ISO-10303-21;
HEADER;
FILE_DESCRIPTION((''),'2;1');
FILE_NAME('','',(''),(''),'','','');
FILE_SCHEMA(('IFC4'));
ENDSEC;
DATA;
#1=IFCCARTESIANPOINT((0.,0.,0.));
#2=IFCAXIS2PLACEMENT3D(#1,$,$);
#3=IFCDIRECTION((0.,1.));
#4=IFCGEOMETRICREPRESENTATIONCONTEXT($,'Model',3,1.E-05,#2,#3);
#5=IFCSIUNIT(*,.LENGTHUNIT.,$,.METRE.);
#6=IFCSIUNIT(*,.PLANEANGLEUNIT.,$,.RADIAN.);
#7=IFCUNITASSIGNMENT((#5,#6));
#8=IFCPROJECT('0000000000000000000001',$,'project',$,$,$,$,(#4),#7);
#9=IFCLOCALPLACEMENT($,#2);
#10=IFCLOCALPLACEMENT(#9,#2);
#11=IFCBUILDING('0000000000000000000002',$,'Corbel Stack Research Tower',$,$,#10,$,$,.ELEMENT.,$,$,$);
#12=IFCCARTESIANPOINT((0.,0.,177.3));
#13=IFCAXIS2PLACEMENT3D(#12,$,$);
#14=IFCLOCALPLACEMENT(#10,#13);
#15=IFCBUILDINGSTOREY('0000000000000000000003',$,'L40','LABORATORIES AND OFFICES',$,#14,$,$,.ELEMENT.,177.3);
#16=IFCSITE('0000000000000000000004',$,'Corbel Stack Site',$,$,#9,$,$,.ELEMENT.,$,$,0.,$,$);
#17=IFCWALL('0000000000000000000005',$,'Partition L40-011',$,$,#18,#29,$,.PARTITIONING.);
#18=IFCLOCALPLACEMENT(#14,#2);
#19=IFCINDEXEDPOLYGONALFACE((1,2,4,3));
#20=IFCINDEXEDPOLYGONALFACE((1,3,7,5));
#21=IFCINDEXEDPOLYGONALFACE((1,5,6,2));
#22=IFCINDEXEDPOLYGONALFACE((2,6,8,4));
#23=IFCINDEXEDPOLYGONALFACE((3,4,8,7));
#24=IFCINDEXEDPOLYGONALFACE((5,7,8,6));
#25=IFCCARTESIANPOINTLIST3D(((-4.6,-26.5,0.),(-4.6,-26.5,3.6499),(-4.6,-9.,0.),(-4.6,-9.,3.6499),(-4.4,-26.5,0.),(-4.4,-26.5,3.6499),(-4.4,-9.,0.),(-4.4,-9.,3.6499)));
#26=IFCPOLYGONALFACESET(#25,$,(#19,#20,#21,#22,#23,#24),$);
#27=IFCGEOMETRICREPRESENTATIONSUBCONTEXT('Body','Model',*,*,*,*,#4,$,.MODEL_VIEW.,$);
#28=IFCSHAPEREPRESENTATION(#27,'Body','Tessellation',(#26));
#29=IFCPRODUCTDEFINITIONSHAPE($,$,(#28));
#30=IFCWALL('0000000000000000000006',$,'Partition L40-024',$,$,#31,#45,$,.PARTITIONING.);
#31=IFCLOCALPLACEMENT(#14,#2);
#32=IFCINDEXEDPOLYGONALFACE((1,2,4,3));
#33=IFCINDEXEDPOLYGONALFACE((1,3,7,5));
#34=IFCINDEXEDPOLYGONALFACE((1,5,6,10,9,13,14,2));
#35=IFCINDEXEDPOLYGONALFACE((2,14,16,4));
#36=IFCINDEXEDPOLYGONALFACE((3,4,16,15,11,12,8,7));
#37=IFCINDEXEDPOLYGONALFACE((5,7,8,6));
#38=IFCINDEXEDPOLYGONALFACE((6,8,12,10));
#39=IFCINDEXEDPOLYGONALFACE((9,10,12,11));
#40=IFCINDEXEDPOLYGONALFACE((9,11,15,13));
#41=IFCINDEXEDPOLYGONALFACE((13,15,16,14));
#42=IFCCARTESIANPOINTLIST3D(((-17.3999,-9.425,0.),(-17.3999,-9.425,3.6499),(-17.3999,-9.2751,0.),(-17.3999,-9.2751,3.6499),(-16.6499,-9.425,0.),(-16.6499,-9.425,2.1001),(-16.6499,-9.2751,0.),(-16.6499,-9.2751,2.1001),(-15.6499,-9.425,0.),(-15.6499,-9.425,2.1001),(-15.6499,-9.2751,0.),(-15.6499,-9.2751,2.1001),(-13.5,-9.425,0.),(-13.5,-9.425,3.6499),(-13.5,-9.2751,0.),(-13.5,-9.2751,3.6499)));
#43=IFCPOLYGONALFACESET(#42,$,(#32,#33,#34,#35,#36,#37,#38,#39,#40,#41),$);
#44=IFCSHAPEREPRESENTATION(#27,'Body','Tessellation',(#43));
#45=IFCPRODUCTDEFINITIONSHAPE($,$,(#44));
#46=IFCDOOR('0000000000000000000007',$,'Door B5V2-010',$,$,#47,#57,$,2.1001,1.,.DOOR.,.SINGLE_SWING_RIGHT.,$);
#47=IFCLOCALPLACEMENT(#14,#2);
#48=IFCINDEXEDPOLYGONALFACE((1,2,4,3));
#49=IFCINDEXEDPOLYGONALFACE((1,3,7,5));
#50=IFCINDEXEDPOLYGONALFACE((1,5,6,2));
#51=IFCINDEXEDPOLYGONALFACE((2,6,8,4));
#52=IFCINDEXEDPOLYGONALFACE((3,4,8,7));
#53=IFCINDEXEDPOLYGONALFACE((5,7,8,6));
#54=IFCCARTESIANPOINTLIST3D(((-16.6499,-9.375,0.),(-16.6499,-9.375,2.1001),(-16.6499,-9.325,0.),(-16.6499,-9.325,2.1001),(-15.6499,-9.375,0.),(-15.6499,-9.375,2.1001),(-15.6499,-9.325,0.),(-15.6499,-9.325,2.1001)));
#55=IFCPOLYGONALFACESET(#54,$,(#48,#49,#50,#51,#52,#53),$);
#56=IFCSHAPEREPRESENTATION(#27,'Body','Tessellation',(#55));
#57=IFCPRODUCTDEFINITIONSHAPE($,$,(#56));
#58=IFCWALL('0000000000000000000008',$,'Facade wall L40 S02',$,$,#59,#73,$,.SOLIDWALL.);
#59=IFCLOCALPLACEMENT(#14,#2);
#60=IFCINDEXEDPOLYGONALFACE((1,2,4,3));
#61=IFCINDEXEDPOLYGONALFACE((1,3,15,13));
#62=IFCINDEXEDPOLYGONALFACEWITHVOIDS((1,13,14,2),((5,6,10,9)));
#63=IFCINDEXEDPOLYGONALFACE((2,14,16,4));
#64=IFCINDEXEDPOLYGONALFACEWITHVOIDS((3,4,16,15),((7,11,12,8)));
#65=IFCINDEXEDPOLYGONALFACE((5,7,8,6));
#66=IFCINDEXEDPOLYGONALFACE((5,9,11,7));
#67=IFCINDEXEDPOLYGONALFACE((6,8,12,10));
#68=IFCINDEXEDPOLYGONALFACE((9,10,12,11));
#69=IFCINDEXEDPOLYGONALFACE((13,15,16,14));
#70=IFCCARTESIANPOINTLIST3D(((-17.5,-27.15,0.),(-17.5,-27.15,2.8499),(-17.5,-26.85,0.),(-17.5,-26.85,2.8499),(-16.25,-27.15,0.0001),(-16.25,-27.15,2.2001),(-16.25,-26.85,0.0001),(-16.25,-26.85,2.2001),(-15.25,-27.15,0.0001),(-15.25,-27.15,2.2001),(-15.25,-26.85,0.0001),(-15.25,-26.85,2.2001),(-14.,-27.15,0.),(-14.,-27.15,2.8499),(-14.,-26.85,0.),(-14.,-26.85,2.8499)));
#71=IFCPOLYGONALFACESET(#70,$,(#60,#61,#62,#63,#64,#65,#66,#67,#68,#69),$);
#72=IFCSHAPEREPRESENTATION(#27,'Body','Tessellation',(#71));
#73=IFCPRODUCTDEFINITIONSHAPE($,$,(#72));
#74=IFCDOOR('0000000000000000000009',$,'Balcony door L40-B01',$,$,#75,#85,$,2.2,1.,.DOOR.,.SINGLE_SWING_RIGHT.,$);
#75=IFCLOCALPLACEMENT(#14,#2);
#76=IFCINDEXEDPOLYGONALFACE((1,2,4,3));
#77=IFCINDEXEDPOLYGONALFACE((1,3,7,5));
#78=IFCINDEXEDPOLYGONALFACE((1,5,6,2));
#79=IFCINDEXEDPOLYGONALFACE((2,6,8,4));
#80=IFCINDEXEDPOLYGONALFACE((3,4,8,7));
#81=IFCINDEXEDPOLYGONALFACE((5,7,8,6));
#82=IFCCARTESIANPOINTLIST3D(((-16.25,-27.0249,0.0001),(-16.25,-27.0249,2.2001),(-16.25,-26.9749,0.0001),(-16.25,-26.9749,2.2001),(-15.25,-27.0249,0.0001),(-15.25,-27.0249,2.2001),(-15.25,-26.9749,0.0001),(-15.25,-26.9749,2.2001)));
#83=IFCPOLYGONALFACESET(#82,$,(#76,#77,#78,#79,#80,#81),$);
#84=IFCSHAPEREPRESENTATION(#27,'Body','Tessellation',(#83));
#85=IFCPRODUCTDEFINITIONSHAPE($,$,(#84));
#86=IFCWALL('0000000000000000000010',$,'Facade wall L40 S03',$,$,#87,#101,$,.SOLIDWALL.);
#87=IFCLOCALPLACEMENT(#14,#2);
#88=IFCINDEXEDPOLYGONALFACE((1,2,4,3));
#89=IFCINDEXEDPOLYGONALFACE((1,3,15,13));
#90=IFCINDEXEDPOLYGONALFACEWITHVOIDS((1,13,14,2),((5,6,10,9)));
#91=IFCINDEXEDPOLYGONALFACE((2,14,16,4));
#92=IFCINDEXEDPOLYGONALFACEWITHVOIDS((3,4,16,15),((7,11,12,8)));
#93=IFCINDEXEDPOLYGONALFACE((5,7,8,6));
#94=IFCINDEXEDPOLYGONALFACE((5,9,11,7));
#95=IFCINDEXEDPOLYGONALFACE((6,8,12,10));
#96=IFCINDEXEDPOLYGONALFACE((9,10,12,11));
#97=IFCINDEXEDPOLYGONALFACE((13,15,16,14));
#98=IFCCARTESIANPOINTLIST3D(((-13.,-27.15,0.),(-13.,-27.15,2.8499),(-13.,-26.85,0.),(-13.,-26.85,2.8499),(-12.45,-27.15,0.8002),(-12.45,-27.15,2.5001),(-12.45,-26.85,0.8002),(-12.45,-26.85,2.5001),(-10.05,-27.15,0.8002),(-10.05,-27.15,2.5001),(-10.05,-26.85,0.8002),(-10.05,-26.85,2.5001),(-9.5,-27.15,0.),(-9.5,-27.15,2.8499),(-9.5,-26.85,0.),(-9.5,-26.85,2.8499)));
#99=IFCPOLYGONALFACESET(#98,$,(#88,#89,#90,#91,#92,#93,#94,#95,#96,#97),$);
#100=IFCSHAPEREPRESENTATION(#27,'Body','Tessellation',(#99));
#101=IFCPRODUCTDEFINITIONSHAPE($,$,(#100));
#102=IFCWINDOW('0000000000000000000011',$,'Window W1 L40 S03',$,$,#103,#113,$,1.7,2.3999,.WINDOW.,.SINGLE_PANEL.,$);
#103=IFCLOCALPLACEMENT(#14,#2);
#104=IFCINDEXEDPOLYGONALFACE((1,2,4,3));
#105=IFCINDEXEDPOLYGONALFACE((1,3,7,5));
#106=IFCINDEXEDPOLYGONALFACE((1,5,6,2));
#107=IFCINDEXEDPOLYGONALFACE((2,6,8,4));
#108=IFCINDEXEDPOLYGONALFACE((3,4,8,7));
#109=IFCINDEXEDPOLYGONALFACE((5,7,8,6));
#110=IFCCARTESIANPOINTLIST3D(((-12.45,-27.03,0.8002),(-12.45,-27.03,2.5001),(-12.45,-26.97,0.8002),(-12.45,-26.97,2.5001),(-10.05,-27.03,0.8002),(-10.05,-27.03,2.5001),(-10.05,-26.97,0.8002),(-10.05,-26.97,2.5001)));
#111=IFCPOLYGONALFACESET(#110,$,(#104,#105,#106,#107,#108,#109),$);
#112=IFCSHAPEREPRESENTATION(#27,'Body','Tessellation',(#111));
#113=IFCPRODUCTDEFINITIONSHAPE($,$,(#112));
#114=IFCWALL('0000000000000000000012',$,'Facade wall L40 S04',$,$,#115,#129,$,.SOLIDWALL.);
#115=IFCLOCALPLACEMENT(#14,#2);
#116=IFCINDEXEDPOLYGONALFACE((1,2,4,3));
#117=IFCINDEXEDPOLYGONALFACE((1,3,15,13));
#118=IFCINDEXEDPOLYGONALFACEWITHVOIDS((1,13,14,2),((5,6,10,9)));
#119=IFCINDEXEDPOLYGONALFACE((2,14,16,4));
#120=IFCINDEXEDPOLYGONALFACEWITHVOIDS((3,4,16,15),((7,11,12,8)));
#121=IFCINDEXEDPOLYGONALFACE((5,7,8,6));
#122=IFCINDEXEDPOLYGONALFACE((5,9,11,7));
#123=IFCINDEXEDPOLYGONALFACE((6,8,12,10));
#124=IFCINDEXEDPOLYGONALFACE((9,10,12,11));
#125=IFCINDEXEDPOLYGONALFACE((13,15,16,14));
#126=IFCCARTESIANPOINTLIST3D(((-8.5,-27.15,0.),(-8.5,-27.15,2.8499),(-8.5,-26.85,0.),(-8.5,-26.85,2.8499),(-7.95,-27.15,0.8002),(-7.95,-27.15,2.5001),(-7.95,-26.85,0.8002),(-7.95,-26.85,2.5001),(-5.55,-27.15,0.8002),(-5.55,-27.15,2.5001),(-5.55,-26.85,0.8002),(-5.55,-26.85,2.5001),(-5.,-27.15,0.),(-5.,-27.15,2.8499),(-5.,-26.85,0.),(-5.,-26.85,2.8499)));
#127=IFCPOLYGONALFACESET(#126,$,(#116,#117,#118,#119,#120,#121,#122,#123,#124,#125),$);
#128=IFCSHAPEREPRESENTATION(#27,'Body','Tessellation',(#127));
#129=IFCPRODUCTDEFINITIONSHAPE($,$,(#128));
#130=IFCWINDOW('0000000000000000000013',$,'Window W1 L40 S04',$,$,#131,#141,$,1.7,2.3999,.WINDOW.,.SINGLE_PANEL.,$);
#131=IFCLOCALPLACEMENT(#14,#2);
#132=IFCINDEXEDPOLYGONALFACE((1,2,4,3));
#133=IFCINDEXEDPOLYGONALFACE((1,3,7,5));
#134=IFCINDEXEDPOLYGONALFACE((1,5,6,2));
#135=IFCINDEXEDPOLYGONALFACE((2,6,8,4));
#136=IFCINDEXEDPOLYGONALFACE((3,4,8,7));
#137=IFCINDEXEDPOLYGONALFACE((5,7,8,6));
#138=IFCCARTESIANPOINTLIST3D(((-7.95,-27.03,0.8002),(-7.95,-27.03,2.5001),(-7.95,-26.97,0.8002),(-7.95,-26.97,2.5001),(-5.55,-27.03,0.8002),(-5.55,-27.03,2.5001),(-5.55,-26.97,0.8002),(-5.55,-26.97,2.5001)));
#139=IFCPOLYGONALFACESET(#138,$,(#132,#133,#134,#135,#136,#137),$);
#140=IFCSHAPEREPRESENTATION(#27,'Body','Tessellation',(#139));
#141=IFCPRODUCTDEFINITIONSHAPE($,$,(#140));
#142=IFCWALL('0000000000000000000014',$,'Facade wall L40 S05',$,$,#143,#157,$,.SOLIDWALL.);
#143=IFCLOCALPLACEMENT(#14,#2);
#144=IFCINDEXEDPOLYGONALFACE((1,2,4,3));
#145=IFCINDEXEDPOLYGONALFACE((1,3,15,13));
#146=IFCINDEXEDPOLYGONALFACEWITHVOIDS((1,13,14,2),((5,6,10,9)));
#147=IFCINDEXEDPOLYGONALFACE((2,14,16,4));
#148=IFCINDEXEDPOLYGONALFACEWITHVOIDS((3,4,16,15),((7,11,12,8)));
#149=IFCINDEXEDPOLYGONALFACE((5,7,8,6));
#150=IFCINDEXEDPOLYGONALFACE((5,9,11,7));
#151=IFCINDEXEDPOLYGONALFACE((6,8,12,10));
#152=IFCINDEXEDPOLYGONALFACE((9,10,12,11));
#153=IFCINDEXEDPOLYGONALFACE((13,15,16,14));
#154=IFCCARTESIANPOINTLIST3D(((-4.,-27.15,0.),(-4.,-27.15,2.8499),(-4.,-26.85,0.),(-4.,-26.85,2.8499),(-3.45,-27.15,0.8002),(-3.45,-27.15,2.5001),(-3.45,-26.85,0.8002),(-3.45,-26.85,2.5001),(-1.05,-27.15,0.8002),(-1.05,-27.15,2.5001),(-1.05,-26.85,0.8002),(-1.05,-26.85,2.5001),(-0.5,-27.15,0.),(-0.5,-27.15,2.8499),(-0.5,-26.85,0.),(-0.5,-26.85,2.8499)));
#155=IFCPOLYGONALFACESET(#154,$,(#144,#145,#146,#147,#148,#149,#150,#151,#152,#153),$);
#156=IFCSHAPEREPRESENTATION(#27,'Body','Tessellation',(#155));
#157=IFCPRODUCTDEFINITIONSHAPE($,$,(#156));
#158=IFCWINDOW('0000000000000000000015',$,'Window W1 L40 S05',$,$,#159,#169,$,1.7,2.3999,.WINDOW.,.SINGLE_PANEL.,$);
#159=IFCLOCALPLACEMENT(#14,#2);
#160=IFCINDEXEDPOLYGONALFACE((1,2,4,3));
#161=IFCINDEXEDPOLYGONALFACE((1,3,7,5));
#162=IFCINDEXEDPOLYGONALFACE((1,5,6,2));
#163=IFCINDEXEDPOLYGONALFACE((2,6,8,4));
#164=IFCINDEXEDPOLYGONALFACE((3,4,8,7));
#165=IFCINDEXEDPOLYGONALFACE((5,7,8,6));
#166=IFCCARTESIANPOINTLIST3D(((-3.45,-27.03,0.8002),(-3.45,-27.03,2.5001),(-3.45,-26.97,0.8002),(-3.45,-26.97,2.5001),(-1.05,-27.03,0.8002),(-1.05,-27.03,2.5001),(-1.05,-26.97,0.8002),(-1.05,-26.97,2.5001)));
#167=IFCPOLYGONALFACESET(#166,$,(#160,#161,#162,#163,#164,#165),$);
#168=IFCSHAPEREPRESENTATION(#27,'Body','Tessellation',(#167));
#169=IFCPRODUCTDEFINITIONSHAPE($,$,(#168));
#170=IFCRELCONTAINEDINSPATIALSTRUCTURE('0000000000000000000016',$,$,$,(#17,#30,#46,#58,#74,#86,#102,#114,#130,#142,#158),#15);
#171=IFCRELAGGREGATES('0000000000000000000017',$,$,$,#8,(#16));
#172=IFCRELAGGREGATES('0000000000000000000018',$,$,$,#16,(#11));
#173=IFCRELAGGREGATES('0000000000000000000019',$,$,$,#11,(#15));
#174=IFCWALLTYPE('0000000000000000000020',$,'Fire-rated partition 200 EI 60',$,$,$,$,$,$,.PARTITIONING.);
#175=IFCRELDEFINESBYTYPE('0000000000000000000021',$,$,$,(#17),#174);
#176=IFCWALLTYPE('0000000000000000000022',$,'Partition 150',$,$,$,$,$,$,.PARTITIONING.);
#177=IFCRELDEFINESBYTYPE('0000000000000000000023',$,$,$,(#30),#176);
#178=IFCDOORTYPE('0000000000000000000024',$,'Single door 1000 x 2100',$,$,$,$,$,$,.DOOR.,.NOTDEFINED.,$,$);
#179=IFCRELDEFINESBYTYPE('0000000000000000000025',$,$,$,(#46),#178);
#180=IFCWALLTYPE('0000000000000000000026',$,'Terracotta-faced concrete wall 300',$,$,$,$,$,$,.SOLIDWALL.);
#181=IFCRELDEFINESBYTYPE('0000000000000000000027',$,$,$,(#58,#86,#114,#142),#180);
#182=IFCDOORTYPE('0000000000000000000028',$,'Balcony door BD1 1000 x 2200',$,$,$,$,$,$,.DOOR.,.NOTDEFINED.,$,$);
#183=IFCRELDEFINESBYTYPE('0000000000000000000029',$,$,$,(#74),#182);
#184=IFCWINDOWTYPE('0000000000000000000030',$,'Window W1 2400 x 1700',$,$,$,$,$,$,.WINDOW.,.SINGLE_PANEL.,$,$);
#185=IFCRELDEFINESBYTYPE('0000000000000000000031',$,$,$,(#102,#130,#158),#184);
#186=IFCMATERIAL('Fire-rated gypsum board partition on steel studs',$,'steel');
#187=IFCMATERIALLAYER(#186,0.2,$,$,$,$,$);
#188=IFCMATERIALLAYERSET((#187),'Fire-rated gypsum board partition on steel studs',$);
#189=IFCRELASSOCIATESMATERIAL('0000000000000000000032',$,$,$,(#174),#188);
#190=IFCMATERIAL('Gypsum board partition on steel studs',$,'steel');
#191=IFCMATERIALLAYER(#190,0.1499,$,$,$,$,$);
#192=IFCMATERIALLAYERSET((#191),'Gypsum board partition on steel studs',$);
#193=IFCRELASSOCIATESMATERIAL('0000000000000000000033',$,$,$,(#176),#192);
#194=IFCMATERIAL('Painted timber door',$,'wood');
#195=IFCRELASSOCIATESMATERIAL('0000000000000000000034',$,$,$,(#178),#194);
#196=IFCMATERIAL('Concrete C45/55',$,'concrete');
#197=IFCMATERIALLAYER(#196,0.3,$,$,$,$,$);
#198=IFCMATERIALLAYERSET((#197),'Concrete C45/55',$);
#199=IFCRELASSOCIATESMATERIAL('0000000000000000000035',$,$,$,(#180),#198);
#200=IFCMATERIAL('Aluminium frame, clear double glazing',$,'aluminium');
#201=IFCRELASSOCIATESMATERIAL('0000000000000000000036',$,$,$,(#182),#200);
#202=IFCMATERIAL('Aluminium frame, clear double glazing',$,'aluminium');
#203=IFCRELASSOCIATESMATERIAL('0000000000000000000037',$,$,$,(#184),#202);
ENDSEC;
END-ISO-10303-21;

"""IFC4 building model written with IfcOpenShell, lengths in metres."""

from ifc_helpers import new_model, si_unit, direction, frame, frame_2d, origin, place, context, subcontext, project, spatial, rectangle, extrude, material, layer, layer_set, type_object, element, fill, save


model = new_model("IFC4")

# Units and contexts
model_context = context("Model", 3, precision=1e-05, world=origin(), true_north=direction((0.0, 1.0)))
body_context = subcontext(model_context, "Body", "Model", "MODEL_VIEW")
ifc_project = project(units=[si_unit("LENGTHUNIT", "METRE"), si_unit("PLANEANGLEUNIT", "RADIAN")], contexts=[model_context])

# Site, building, storey
site_placement = place(None, origin())
site = spatial("IfcSite", under=ifc_project, at=site_placement, Name="Corbel Stack Site", CompositionType="ELEMENT", RefElevation=0.0)
building_placement = place(site_placement, origin())
building = spatial("IfcBuilding", under=site, at=building_placement, Name="Corbel Stack Research Tower", CompositionType="ELEMENT")
storey_placement = place(building_placement, frame((0.0, 0.0, 177.3)))
storey = spatial("IfcBuildingStorey", under=building, at=storey_placement, Name="L40", Description="LABORATORIES AND OFFICES", CompositionType="ELEMENT", Elevation=177.3)

# Shared definitions
ifc_material_1 = material(Name="Fire-rated gypsum board partition on steel studs", Category="steel")
ifc_layer_1 = layer(ifc_material_1, 0.2)
ifc_layer_set_1 = layer_set([ifc_layer_1], Name="Fire-rated gypsum board partition on steel studs")
wall_type_1 = type_object("IfcWallType", Name="Fire-rated partition 200 EI 60", PredefinedType="PARTITIONING", material=ifc_layer_set_1)

# Wall
wall_1_placement = place(storey_placement, frame((-4.5, -26.5, 0.0), z_axis=(0.0, 0.0, 1.0), x_axis=(0.0, 1.0, 0.0)))
element("IfcWall", 1, at=wall_1_placement, inside=storey, type_object=wall_type_1, Name="Partition L40-011", PredefinedType="PARTITIONING", context=body_context, shape_type="SweptSolid", body=[
    extrude(rectangle(XDim=17.5, YDim=0.2, at=frame_2d((8.75, 0.0))), origin(), (0.0, 0.0, 1.0), 3.6499),
])

# Walls, openings, doors
ifc_material_2 = material(Name="Gypsum board partition on steel studs", Category="steel")
ifc_layer_2 = layer(ifc_material_2, 0.1499)
ifc_layer_set_2 = layer_set([ifc_layer_2], Name="Gypsum board partition on steel studs")
wall_type_2 = type_object("IfcWallType", Name="Partition 150", PredefinedType="PARTITIONING", material=ifc_layer_set_2)
wall_2_placement = place(storey_placement, frame((-13.5, -9.3501, 0.0), z_axis=(0.0, 0.0, 1.0), x_axis=(-1.0, 0.0, 0.0)))
wall_2 = element("IfcWall", 2, at=wall_2_placement, inside=storey, type_object=wall_type_2, Name="Partition L40-024", PredefinedType="PARTITIONING", context=body_context, shape_type="SweptSolid", body=[
    extrude(rectangle(XDim=3.8999, YDim=0.1499, at=frame_2d((1.95, 0.0))), origin(), (0.0, 0.0, 1.0), 3.6499),
])
opening_1_placement = place(wall_2_placement, frame((2.1499, 0.0, 0.0)))
opening_1 = element("IfcOpeningElement", 3, at=opening_1_placement, cuts=wall_2, PredefinedType="OPENING", context=body_context, shape_type="SweptSolid", body=[
    extrude(rectangle(XDim=1.0, YDim=2.1001, at=frame_2d((0.5, 1.05))), frame((0.0, 0.085, 0.0), z_axis=(0.0, -1.0, 0.0), x_axis=(1.0, 0.0, 0.0)), (0.0, 0.0, 1.0), 0.1699),
])
ifc_material_3 = material(Name="Painted timber door", Category="wood")
door_type_1 = type_object("IfcDoorType", Name="Single door 1000 x 2100", OperationType="NOTDEFINED", PredefinedType="DOOR", material=ifc_material_3)
door_1_placement = place(opening_1_placement, origin())
door_1 = element("IfcDoor", 4, at=door_1_placement, inside=storey, type_object=door_type_1, Name="Door B5V2-010", OperationType="SINGLE_SWING_RIGHT", OverallHeight=2.1001, OverallWidth=1.0, PredefinedType="DOOR", context=body_context, shape_type="SweptSolid", body=[
    extrude(rectangle(XDim=1.0, YDim=2.1001, at=frame_2d((0.5, 1.05))), frame((0.0, 0.0249, 0.0), z_axis=(0.0, -1.0, 0.0), x_axis=(1.0, 0.0, 0.0)), (0.0, 0.0, 1.0), 0.05),
])
fill(opening_1, door_1)
ifc_material_4 = material(Name="Concrete C45/55", Category="concrete")
ifc_layer_3 = layer(ifc_material_4, 0.3)
ifc_layer_set_3 = layer_set([ifc_layer_3], Name="Concrete C45/55")
wall_type_3 = type_object("IfcWallType", Name="Terracotta-faced concrete wall 300", PredefinedType="SOLIDWALL", material=ifc_layer_set_3)
wall_3_placement = place(storey_placement, frame((-14.0, -27.0, 0.0), z_axis=(0.0, 0.0, 1.0), x_axis=(-1.0, 0.0, 0.0)))
wall_3 = element("IfcWall", 5, at=wall_3_placement, inside=storey, type_object=wall_type_3, Name="Facade wall L40 S02", PredefinedType="SOLIDWALL", context=body_context, shape_type="SweptSolid", body=[
    extrude(rectangle(XDim=3.5, YDim=0.3, at=frame_2d((1.75, 0.0))), origin(), (0.0, 0.0, 1.0), 2.8499),
])
opening_2_placement = place(wall_3_placement, frame((1.25, 0.0, 0.0)))
opening_2 = element("IfcOpeningElement", 6, at=opening_2_placement, cuts=wall_3, PredefinedType="OPENING", context=body_context, shape_type="SweptSolid", body=[
    extrude(rectangle(XDim=1.0, YDim=2.2, at=frame_2d((0.5, 1.1001))), frame((0.0, 0.1599, 0.0), z_axis=(0.0, -1.0, 0.0), x_axis=(1.0, 0.0, 0.0)), (0.0, 0.0, 1.0), 0.3201),
])
ifc_material_5 = material(Name="Aluminium frame, clear double glazing", Category="aluminium")
door_type_2 = type_object("IfcDoorType", Name="Balcony door BD1 1000 x 2200", OperationType="NOTDEFINED", PredefinedType="DOOR", material=ifc_material_5)
door_2_placement = place(opening_2_placement, origin())
door_2 = element("IfcDoor", 7, at=door_2_placement, inside=storey, type_object=door_type_2, Name="Balcony door L40-B01", OperationType="SINGLE_SWING_RIGHT", OverallHeight=2.2, OverallWidth=1.0, PredefinedType="DOOR", context=body_context, shape_type="SweptSolid", body=[
    extrude(rectangle(XDim=1.0, YDim=2.2, at=frame_2d((0.5, 1.1001))), frame((0.0, 0.0249, 0.0), z_axis=(0.0, -1.0, 0.0), x_axis=(1.0, 0.0, 0.0)), (0.0, 0.0, 1.0), 0.05),
])
fill(opening_2, door_2)

# Walls, openings, windows
wall_4_placement = place(storey_placement, frame((-9.5, -27.0, 0.0), z_axis=(0.0, 0.0, 1.0), x_axis=(-1.0, 0.0, 0.0)))
wall_4 = element("IfcWall", 8, at=wall_4_placement, inside=storey, type_object=wall_type_3, Name="Facade wall L40 S03", PredefinedType="SOLIDWALL", context=body_context, shape_type="SweptSolid", body=[
    extrude(rectangle(XDim=3.5, YDim=0.3, at=frame_2d((1.75, 0.0))), origin(), (0.0, 0.0, 1.0), 2.8499),
])
opening_3_placement = place(wall_4_placement, frame((0.55, 0.0, 0.8)))
opening_3 = element("IfcOpeningElement", 9, at=opening_3_placement, cuts=wall_4, PredefinedType="OPENING", context=body_context, shape_type="SweptSolid", body=[
    extrude(rectangle(XDim=2.3999, YDim=1.7, at=frame_2d((1.2, 0.8501))), frame((0.0, 0.1599, 0.0), z_axis=(0.0, -1.0, 0.0), x_axis=(1.0, 0.0, 0.0)), (0.0, 0.0, 1.0), 0.3201),
])
ifc_material_6 = material(Name="Aluminium frame, clear double glazing", Category="aluminium")
window_type = type_object("IfcWindowType", Name="Window W1 2400 x 1700", PartitioningType="SINGLE_PANEL", PredefinedType="WINDOW", material=ifc_material_6)
window_1_placement = place(opening_3_placement, origin())
window_1 = element("IfcWindow", 10, at=window_1_placement, inside=storey, type_object=window_type, Name="Window W1 L40 S03", OverallHeight=1.7, OverallWidth=2.3999, PartitioningType="SINGLE_PANEL", PredefinedType="WINDOW", context=body_context, shape_type="SweptSolid", body=[
    extrude(rectangle(XDim=2.3999, YDim=1.7, at=frame_2d((1.2, 0.8501))), frame((0.0, 0.03, 0.0), z_axis=(0.0, -1.0, 0.0), x_axis=(1.0, 0.0, 0.0)), (0.0, 0.0, 1.0), 0.0601),
])
fill(opening_3, window_1)
wall_5_placement = place(storey_placement, frame((-5.0, -27.0, 0.0), z_axis=(0.0, 0.0, 1.0), x_axis=(-1.0, 0.0, 0.0)))
wall_5 = element("IfcWall", 11, at=wall_5_placement, inside=storey, type_object=wall_type_3, Name="Facade wall L40 S04", PredefinedType="SOLIDWALL", context=body_context, shape_type="SweptSolid", body=[
    extrude(rectangle(XDim=3.5, YDim=0.3, at=frame_2d((1.75, 0.0))), origin(), (0.0, 0.0, 1.0), 2.8499),
])
opening_4_placement = place(wall_5_placement, frame((0.55, 0.0, 0.8)))
opening_4 = element("IfcOpeningElement", 12, at=opening_4_placement, cuts=wall_5, PredefinedType="OPENING", context=body_context, shape_type="SweptSolid", body=[
    extrude(rectangle(XDim=2.3999, YDim=1.7, at=frame_2d((1.2, 0.8501))), frame((0.0, 0.1599, 0.0), z_axis=(0.0, -1.0, 0.0), x_axis=(1.0, 0.0, 0.0)), (0.0, 0.0, 1.0), 0.3201),
])
window_2_placement = place(opening_4_placement, origin())
window_2 = element("IfcWindow", 13, at=window_2_placement, inside=storey, type_object=window_type, Name="Window W1 L40 S04", OverallHeight=1.7, OverallWidth=2.3999, PartitioningType="SINGLE_PANEL", PredefinedType="WINDOW", context=body_context, shape_type="SweptSolid", body=[
    extrude(rectangle(XDim=2.3999, YDim=1.7, at=frame_2d((1.2, 0.8501))), frame((0.0, 0.03, 0.0), z_axis=(0.0, -1.0, 0.0), x_axis=(1.0, 0.0, 0.0)), (0.0, 0.0, 1.0), 0.0601),
])
fill(opening_4, window_2)
wall_6_placement = place(storey_placement, frame((-0.5, -27.0, 0.0), z_axis=(0.0, 0.0, 1.0), x_axis=(-1.0, 0.0, 0.0)))
wall_6 = element("IfcWall", 14, at=wall_6_placement, inside=storey, type_object=wall_type_3, Name="Facade wall L40 S05", PredefinedType="SOLIDWALL", context=body_context, shape_type="SweptSolid", body=[
    extrude(rectangle(XDim=3.5, YDim=0.3, at=frame_2d((1.75, 0.0))), origin(), (0.0, 0.0, 1.0), 2.8499),
])
opening_5_placement = place(wall_6_placement, frame((0.55, 0.0, 0.8)))
opening_5 = element("IfcOpeningElement", 15, at=opening_5_placement, cuts=wall_6, PredefinedType="OPENING", context=body_context, shape_type="SweptSolid", body=[
    extrude(rectangle(XDim=2.3999, YDim=1.7, at=frame_2d((1.2, 0.8501))), frame((0.0, 0.1599, 0.0), z_axis=(0.0, -1.0, 0.0), x_axis=(1.0, 0.0, 0.0)), (0.0, 0.0, 1.0), 0.3201),
])
window_3_placement = place(opening_5_placement, origin())
window_3 = element("IfcWindow", 16, at=window_3_placement, inside=storey, type_object=window_type, Name="Window W1 L40 S05", OverallHeight=1.7, OverallWidth=2.3999, PartitioningType="SINGLE_PANEL", PredefinedType="WINDOW", context=body_context, shape_type="SweptSolid", body=[
    extrude(rectangle(XDim=2.3999, YDim=1.7, at=frame_2d((1.2, 0.8501))), frame((0.0, 0.03, 0.0), z_axis=(0.0, -1.0, 0.0), x_axis=(1.0, 0.0, 0.0)), (0.0, 0.0, 1.0), 0.0601),
])
fill(opening_5, window_3)

save(model, "model.ifc")
